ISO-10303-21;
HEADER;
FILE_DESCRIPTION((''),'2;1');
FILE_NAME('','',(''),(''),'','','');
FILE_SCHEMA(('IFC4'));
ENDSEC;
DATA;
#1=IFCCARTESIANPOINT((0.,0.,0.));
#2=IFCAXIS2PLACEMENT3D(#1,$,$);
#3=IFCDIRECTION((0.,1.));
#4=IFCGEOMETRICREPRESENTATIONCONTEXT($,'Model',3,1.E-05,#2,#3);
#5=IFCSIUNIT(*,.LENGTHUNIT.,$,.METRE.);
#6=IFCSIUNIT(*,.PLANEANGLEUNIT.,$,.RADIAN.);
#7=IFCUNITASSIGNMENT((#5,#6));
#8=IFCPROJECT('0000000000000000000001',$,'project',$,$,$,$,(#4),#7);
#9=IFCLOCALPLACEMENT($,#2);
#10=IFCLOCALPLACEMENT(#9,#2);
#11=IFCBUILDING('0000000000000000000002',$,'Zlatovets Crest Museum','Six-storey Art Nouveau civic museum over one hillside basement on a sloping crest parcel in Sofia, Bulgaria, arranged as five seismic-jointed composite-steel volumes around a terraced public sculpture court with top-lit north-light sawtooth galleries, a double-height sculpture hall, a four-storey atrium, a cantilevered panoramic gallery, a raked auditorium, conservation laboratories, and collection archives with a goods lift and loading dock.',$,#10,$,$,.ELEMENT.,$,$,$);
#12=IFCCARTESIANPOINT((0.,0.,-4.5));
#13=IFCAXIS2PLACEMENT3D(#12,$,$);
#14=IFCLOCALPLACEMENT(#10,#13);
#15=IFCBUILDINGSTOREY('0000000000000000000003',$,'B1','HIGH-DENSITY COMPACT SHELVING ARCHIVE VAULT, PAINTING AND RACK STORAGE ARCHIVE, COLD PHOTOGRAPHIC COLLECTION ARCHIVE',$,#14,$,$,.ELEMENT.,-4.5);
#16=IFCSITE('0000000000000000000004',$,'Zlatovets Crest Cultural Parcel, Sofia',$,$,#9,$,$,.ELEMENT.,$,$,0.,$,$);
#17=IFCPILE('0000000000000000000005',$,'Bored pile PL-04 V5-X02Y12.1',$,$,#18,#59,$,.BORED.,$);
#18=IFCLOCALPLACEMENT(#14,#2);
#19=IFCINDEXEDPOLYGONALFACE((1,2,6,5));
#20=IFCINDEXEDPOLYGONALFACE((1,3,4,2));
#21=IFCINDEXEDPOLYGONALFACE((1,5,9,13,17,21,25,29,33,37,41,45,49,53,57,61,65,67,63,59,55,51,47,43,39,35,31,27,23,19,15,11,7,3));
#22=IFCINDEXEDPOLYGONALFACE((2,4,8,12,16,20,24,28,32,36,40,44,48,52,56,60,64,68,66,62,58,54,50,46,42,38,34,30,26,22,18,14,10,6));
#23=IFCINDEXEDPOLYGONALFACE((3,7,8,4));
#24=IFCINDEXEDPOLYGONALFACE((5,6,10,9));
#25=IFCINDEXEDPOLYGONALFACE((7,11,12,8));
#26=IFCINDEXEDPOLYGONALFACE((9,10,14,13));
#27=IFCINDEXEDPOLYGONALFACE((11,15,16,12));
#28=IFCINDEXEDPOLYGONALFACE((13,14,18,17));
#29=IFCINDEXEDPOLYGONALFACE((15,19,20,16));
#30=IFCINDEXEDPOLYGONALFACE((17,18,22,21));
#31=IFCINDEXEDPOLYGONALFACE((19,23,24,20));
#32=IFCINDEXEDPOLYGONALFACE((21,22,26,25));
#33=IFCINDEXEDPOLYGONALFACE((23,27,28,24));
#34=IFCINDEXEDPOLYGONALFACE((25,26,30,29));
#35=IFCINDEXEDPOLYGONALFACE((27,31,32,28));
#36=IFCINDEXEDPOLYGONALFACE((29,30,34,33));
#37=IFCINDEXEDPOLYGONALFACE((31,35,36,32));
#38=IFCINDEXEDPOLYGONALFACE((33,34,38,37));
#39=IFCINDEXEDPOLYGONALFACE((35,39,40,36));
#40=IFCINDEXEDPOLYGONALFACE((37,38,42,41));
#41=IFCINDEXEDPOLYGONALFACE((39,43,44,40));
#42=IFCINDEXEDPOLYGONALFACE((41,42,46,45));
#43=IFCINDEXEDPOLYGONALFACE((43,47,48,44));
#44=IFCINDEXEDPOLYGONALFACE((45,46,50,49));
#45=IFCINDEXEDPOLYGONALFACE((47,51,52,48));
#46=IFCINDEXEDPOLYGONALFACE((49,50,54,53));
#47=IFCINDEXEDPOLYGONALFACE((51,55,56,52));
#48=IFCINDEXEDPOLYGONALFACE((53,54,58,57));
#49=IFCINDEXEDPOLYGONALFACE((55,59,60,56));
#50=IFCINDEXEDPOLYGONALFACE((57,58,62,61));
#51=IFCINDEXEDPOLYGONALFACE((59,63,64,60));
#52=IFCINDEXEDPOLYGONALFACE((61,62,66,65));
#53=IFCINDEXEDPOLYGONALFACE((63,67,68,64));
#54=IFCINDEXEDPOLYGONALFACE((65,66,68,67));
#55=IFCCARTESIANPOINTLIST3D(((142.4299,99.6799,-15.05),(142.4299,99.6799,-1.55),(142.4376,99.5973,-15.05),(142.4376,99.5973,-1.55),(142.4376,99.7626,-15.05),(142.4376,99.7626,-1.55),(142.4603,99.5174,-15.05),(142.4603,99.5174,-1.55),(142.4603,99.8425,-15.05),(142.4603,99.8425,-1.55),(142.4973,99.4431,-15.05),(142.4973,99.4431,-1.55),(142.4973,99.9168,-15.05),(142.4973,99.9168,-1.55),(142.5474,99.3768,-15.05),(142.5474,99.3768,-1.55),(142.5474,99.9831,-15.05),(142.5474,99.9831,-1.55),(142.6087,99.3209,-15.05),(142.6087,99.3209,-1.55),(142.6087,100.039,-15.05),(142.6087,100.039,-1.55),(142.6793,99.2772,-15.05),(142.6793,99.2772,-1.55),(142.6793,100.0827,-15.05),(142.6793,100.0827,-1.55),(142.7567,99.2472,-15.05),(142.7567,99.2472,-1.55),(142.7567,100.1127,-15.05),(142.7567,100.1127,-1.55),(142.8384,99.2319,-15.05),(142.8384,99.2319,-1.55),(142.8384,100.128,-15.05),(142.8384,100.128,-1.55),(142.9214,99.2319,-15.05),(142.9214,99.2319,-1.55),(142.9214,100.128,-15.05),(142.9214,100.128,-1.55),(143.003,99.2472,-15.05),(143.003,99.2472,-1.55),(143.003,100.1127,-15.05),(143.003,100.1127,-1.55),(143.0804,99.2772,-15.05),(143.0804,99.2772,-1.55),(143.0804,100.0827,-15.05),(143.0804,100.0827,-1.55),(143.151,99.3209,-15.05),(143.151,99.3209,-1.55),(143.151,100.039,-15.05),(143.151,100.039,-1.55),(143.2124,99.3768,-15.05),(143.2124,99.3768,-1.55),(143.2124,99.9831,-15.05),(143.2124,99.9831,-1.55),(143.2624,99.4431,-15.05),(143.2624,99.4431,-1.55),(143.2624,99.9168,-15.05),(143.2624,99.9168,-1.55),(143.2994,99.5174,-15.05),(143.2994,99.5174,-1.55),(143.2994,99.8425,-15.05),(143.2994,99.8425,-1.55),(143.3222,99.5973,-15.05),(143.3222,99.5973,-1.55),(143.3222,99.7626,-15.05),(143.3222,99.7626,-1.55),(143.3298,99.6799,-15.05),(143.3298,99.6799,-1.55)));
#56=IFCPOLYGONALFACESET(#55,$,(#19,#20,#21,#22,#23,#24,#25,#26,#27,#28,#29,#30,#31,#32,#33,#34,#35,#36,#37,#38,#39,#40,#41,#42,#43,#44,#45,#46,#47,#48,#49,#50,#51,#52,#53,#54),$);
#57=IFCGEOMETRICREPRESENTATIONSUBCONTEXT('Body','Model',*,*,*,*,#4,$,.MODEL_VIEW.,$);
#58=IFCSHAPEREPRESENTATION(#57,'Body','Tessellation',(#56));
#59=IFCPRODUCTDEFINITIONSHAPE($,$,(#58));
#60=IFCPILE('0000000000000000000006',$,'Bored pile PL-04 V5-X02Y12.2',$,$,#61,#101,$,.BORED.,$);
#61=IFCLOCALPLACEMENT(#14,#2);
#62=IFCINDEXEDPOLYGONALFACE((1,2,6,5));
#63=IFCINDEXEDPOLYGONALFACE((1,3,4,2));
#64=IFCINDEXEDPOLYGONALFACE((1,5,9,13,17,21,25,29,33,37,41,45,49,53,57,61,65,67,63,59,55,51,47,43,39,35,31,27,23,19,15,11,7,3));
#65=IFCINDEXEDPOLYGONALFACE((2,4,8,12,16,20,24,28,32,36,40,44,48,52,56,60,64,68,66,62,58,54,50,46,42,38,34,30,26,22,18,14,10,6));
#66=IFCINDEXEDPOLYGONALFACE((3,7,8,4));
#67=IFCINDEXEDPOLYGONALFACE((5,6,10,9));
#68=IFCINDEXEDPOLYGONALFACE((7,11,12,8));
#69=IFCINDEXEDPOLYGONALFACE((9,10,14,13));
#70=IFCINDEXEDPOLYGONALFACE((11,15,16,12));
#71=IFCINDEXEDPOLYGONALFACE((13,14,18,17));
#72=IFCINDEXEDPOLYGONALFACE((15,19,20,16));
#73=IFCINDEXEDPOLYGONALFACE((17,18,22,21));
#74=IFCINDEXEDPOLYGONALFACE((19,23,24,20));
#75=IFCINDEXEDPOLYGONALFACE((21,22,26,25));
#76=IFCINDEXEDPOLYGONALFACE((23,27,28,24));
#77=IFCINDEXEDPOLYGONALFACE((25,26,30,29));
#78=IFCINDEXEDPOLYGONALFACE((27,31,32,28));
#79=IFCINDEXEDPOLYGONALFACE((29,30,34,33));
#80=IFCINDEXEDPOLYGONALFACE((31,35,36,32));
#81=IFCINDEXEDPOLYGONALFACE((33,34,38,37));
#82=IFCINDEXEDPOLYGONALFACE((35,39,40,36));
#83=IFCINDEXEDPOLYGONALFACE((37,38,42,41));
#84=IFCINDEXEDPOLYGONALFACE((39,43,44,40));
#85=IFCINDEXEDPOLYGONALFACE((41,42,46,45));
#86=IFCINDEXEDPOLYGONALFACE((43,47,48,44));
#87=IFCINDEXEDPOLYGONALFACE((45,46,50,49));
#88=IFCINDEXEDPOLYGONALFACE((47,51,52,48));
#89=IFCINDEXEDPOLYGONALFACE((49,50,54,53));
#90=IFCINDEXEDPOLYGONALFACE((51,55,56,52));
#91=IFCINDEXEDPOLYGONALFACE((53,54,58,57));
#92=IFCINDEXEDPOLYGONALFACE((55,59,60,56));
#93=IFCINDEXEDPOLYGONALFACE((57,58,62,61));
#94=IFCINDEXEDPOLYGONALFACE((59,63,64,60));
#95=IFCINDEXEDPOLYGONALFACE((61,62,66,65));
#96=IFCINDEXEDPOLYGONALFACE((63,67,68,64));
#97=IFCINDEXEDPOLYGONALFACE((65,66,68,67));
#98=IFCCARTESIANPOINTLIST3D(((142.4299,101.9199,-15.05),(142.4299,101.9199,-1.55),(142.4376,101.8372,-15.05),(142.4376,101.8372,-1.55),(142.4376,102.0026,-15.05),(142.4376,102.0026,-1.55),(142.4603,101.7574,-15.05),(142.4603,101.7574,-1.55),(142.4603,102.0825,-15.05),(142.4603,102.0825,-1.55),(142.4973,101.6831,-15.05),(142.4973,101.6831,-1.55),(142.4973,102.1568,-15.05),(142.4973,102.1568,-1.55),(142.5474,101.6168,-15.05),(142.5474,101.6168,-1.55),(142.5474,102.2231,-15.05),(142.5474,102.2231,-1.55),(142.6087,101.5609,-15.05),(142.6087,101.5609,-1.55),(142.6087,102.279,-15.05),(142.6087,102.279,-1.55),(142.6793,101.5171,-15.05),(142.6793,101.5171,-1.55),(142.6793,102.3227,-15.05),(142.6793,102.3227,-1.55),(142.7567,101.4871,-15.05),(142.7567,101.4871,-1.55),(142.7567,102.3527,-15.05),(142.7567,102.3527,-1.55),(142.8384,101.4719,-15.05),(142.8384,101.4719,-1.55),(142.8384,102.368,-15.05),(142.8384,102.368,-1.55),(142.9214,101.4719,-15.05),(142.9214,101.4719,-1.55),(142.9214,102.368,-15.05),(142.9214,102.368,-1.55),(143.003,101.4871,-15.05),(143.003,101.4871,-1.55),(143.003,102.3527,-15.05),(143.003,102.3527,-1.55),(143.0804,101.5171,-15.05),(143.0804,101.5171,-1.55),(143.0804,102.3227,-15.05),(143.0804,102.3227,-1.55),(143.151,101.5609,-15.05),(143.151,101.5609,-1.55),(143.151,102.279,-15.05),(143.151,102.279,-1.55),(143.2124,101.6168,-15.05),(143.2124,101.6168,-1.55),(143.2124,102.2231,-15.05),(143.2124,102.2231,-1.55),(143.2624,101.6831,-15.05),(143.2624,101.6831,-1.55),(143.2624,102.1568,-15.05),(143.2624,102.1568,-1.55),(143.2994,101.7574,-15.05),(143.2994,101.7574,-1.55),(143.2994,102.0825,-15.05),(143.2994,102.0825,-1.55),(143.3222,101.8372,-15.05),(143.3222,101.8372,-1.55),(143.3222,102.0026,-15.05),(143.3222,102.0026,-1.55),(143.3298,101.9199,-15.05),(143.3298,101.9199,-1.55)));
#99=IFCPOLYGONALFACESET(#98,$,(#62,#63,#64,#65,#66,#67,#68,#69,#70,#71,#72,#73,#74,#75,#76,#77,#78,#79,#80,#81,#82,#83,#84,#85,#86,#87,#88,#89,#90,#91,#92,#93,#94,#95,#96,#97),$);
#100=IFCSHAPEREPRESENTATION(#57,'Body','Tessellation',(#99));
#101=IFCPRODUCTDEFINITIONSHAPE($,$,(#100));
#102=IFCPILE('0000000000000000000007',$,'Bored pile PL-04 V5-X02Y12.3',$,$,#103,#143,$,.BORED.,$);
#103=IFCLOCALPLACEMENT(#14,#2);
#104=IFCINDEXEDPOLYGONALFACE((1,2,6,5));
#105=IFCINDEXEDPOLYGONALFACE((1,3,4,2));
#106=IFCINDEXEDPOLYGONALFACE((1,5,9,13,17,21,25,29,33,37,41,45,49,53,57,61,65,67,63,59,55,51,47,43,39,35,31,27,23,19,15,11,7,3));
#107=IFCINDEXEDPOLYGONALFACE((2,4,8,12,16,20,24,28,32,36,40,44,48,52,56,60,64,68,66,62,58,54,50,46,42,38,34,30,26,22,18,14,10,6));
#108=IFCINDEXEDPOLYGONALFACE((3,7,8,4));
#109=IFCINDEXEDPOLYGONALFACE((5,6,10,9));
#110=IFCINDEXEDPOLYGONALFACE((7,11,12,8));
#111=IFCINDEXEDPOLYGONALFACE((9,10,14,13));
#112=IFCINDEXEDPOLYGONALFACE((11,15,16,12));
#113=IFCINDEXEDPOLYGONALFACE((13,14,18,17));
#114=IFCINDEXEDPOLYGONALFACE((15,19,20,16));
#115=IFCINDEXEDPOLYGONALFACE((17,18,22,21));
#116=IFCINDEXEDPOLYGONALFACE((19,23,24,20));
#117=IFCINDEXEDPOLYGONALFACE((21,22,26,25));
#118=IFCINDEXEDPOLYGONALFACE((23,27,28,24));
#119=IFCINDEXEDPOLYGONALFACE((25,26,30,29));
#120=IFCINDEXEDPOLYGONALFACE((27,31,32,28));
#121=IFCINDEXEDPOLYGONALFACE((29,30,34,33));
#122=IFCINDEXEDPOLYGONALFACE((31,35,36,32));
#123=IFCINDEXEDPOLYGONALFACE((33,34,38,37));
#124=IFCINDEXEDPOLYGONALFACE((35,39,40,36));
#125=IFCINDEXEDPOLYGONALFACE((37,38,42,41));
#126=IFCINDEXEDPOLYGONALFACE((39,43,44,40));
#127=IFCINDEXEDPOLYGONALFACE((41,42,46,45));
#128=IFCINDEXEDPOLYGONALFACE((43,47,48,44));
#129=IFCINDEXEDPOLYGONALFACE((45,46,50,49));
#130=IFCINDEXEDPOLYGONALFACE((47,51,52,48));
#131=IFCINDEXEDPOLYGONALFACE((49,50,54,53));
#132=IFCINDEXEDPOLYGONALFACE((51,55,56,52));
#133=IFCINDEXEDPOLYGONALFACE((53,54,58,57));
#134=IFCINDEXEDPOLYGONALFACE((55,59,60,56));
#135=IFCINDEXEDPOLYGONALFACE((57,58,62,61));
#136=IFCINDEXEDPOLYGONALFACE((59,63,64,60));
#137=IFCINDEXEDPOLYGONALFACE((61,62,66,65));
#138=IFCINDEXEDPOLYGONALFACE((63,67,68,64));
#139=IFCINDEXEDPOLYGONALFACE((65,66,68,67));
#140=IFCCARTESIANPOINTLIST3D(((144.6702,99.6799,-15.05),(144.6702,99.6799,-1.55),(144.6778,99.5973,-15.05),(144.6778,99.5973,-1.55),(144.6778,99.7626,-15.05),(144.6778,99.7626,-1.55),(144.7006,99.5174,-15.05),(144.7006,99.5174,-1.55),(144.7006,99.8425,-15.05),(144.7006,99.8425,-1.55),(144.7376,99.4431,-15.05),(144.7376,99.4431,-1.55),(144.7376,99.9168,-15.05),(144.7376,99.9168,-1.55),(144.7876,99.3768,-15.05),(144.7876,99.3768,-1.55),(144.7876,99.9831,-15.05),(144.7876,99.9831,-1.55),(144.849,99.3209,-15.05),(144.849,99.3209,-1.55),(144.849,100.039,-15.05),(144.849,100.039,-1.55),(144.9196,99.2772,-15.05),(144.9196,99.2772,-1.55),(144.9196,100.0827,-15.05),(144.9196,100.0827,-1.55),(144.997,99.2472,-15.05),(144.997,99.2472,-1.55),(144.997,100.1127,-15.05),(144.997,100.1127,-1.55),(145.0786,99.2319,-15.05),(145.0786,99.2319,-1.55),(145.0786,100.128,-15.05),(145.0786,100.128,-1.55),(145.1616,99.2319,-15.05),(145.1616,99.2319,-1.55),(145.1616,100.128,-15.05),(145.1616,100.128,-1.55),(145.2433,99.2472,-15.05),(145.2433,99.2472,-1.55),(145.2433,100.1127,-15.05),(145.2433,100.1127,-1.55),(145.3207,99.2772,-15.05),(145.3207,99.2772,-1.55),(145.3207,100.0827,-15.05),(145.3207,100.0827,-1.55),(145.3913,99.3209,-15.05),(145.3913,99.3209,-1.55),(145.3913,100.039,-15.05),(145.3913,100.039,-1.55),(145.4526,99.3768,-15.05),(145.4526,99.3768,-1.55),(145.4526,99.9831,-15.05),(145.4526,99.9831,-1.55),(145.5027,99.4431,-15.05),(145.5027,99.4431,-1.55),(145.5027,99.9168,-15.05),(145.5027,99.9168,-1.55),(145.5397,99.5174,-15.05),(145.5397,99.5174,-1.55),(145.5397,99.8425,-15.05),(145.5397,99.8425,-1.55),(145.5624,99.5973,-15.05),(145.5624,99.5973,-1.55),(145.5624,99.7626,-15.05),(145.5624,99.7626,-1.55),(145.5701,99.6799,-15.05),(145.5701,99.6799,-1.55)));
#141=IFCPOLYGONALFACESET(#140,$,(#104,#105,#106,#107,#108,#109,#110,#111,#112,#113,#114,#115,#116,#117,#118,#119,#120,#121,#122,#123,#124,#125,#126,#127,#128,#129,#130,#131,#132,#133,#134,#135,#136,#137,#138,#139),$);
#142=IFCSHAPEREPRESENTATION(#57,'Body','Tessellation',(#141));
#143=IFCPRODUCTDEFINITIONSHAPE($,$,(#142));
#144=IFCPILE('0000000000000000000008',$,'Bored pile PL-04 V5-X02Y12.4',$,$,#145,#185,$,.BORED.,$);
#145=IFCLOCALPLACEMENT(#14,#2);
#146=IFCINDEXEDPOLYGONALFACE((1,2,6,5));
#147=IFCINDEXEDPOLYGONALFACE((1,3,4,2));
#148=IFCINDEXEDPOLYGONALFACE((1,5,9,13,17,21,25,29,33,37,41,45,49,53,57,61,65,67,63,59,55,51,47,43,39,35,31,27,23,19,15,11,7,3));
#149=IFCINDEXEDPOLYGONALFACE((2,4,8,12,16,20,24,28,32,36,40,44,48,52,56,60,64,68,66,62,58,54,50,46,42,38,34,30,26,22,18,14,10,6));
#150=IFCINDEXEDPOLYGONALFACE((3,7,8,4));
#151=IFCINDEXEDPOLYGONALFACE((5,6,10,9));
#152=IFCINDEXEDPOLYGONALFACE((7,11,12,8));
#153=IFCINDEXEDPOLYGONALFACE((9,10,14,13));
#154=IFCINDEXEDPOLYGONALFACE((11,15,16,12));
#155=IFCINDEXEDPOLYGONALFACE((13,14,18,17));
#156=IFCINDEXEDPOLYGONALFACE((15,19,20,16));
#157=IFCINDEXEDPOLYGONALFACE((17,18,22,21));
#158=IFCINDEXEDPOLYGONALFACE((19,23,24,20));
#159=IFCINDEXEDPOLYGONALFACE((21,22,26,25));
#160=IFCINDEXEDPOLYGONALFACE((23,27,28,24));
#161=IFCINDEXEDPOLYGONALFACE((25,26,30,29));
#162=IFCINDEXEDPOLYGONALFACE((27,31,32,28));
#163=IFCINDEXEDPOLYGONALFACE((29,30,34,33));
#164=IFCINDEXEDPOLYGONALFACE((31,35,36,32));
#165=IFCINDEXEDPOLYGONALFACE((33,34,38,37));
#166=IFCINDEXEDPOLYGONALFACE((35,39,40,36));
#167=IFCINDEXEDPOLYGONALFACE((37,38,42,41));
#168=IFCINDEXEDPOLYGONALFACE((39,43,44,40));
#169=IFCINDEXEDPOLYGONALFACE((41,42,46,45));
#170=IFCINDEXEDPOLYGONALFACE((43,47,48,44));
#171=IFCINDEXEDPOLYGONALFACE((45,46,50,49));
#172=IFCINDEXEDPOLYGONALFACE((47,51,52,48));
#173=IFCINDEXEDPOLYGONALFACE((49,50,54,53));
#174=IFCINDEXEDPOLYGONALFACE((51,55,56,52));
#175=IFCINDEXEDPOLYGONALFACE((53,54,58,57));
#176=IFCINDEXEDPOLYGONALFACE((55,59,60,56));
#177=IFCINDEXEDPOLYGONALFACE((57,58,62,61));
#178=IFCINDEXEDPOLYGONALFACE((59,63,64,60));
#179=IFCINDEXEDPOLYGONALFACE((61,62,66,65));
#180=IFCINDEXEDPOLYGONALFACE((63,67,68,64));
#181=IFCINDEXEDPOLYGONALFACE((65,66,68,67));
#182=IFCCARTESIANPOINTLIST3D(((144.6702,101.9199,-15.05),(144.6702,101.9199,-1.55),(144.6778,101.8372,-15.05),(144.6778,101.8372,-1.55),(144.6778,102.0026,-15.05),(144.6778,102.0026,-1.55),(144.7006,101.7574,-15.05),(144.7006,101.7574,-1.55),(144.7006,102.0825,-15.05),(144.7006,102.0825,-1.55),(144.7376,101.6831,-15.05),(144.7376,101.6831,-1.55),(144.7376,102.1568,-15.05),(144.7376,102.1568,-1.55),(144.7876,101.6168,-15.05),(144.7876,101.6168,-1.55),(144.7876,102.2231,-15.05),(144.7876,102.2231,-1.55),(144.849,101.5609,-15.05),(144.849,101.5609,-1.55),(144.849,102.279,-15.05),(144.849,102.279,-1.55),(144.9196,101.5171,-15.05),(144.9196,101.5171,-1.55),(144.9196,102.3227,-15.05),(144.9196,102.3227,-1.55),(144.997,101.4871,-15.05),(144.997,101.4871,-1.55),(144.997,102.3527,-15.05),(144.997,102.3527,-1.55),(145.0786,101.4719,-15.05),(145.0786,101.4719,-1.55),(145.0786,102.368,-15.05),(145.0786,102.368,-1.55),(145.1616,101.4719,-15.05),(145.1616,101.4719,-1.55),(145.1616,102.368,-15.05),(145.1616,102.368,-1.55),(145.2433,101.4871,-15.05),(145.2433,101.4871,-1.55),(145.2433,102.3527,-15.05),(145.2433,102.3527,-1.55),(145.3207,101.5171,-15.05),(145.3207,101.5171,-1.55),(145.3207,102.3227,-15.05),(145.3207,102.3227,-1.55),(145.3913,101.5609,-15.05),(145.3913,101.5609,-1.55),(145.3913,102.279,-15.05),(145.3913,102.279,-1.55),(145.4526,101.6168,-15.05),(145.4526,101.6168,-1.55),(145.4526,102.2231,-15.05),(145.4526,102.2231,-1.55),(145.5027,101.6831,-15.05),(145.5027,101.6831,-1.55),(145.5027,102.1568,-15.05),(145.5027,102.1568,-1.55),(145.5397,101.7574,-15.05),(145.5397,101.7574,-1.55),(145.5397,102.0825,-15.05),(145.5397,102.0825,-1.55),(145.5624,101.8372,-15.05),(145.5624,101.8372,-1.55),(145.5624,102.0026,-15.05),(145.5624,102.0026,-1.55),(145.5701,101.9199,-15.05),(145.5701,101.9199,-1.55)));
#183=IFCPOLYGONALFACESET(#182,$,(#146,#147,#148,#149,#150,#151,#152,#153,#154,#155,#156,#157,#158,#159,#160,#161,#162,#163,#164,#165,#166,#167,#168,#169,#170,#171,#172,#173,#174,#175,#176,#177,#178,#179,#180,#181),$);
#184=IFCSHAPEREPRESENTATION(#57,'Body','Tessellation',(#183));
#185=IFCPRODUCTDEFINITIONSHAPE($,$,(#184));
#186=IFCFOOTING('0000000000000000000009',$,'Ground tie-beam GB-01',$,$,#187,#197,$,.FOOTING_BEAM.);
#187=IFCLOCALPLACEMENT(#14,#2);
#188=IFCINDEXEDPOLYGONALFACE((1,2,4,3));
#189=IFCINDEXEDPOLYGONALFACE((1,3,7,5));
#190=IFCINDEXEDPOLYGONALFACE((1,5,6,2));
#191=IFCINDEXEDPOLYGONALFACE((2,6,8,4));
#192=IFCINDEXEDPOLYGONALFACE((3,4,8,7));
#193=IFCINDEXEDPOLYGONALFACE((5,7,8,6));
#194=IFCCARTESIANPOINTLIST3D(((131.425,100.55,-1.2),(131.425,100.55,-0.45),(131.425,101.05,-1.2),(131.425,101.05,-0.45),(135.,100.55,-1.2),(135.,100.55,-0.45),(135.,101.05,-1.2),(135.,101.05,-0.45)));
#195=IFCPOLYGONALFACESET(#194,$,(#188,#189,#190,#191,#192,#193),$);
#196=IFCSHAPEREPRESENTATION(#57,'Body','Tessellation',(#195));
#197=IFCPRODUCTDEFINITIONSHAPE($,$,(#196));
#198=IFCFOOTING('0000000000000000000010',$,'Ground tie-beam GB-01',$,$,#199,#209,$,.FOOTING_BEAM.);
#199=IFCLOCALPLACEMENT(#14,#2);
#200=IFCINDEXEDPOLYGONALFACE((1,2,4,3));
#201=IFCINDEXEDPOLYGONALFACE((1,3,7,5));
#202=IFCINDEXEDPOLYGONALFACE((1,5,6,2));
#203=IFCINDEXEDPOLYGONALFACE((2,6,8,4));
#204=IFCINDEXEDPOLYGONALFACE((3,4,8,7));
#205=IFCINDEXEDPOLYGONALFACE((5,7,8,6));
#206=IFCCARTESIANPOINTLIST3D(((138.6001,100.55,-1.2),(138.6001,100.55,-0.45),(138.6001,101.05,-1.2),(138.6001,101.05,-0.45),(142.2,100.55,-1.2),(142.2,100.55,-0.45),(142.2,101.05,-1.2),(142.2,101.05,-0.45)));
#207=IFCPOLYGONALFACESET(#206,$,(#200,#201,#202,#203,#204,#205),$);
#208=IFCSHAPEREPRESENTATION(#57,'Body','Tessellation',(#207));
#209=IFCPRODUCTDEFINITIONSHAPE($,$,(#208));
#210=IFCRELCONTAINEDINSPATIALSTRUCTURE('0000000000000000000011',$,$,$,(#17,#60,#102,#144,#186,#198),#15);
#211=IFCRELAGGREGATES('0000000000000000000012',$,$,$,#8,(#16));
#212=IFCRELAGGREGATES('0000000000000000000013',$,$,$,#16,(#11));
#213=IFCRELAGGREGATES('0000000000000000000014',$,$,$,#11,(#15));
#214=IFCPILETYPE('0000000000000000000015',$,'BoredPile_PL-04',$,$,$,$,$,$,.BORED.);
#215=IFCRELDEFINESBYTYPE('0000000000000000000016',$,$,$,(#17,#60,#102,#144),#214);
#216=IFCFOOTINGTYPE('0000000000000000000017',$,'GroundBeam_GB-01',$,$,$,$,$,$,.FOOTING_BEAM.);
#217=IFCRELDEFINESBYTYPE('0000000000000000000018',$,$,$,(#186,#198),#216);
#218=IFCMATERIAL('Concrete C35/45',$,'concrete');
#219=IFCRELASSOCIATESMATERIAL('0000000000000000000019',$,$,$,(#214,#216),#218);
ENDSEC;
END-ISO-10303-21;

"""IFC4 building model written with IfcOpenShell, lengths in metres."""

from ifc_helpers import new_model, si_unit, direction, frame, origin, origin_2d, place, context, subcontext, project, spatial, rectangle, circle, extrude, material, material_profile, profile_set, type_object, element, save


model = new_model("IFC4")

# Units and contexts
model_context = context("Model", 3, precision=1e-05, world=origin(), true_north=direction((0.0, 1.0)))
body_context = subcontext(model_context, "Body", "Model", "MODEL_VIEW")
ifc_project = project(units=[si_unit("LENGTHUNIT", "METRE"), si_unit("PLANEANGLEUNIT", "RADIAN")], contexts=[model_context])

# Site, building, storey
site_placement = place(None, origin())
site = spatial("IfcSite", under=ifc_project, at=site_placement, Name="Zlatovets Crest Cultural Parcel, Sofia", CompositionType="ELEMENT", RefElevation=0.0)
building_placement = place(site_placement, origin())
building = spatial("IfcBuilding", under=site, at=building_placement, Name="Zlatovets Crest Museum", Description="Six-storey Art Nouveau civic museum over one hillside basement on a sloping crest parcel in Sofia, Bulgaria, arranged as five seismic-jointed composite-steel volumes around a terraced public sculpture court with top-lit north-light sawtooth galleries, a double-height sculpture hall, a four-storey atrium, a cantilevered panoramic gallery, a raked auditorium, conservation laboratories, and collection archives with a goods lift and loading dock.", CompositionType="ELEMENT")
storey_placement = place(building_placement, frame((0.0, 0.0, -4.5)))
storey = spatial("IfcBuildingStorey", under=building, at=storey_placement, Name="B1", Description="HIGH-DENSITY COMPACT SHELVING ARCHIVE VAULT, PAINTING AND RACK STORAGE ARCHIVE, COLD PHOTOGRAPHIC COLLECTION ARCHIVE", CompositionType="ELEMENT", Elevation=-4.5)

# Piles
ifc_material_1 = material(Name="Concrete C35/45", Category="concrete")
ifc_material_profile_1 = material_profile(ifc_material_1, circle(Radius=0.45, at=origin_2d()), Name="PILE D900")
ifc_profile_set_1 = profile_set([ifc_material_profile_1], Name="Concrete C35/45")
pile_type = type_object("IfcPileType", Name="BoredPile_PL-04", PredefinedType="BORED", material=ifc_profile_set_1)
for number, where, z_axis, x_axis, name in (
    (1, (142.8799, 99.6799, -1.55), (0.0, 0.0, -1.0), (1.0, 0.0, 0.0), "Bored pile PL-04 V5-X02Y12.1"),
    (2, (142.8799, 101.9199, -1.55), (0.0, 0.0, -1.0), (1.0, 0.0, 0.0), "Bored pile PL-04 V5-X02Y12.2"),
    (3, (145.1201, 99.6799, -1.55), (0.0, 0.0, -1.0), (1.0, 0.0, 0.0), "Bored pile PL-04 V5-X02Y12.3"),
    (4, (145.1201, 101.9199, -1.55), (0.0, 0.0, -1.0), (1.0, 0.0, 0.0), "Bored pile PL-04 V5-X02Y12.4"),
):
    element("IfcPile", number, at=place(storey_placement, frame(where, z_axis=z_axis, x_axis=x_axis)), inside=storey, type_object=pile_type, Name=name, PredefinedType="BORED", context=body_context, shape_type="SweptSolid", body=[
        extrude(circle(Radius=0.45, at=origin_2d()), origin(), (0.0, 0.0, 1.0), 13.5),
    ])

# Footings
ifc_material_profile_2 = material_profile(ifc_material_1, rectangle(XDim=0.5, YDim=0.75, at=origin_2d()), Name="RC 500x750")
ifc_profile_set_2 = profile_set([ifc_material_profile_2], Name="Concrete C35/45")
footing_type_1 = type_object("IfcFootingType", Name="GroundBeam_GB-01", PredefinedType="FOOTING_BEAM", material=ifc_profile_set_2)
footing_placement = place(storey_placement, frame((131.425, 100.8, -0.825), z_axis=(1.0, 0.0, 0.0), x_axis=(0.0, 1.0, 0.0)))
element("IfcFooting", 5, at=footing_placement, inside=storey, type_object=footing_type_1, Name="Ground tie-beam GB-01", PredefinedType="FOOTING_BEAM", context=body_context, shape_type="SweptSolid", body=[
    extrude(rectangle(XDim=0.5, YDim=0.75, at=origin_2d()), origin(), (0.0, 0.0, 1.0), 3.575),
])
for number, where, z_axis, x_axis, name in (
    (6, (138.6001, 100.8, -0.825), (1.0, 0.0, 0.0), (0.0, 1.0, 0.0), "Ground tie-beam GB-01"),
):
    element("IfcFooting", number, at=place(storey_placement, frame(where, z_axis=z_axis, x_axis=x_axis)), inside=storey, type_object=footing_type_1, Name=name, PredefinedType="FOOTING_BEAM", context=body_context, shape_type="SweptSolid", body=[
        extrude(rectangle(XDim=0.5, YDim=0.75, at=origin_2d()), origin(), (0.0, 0.0, 1.0), 3.5999),
    ])

save(model, "model.ifc")
